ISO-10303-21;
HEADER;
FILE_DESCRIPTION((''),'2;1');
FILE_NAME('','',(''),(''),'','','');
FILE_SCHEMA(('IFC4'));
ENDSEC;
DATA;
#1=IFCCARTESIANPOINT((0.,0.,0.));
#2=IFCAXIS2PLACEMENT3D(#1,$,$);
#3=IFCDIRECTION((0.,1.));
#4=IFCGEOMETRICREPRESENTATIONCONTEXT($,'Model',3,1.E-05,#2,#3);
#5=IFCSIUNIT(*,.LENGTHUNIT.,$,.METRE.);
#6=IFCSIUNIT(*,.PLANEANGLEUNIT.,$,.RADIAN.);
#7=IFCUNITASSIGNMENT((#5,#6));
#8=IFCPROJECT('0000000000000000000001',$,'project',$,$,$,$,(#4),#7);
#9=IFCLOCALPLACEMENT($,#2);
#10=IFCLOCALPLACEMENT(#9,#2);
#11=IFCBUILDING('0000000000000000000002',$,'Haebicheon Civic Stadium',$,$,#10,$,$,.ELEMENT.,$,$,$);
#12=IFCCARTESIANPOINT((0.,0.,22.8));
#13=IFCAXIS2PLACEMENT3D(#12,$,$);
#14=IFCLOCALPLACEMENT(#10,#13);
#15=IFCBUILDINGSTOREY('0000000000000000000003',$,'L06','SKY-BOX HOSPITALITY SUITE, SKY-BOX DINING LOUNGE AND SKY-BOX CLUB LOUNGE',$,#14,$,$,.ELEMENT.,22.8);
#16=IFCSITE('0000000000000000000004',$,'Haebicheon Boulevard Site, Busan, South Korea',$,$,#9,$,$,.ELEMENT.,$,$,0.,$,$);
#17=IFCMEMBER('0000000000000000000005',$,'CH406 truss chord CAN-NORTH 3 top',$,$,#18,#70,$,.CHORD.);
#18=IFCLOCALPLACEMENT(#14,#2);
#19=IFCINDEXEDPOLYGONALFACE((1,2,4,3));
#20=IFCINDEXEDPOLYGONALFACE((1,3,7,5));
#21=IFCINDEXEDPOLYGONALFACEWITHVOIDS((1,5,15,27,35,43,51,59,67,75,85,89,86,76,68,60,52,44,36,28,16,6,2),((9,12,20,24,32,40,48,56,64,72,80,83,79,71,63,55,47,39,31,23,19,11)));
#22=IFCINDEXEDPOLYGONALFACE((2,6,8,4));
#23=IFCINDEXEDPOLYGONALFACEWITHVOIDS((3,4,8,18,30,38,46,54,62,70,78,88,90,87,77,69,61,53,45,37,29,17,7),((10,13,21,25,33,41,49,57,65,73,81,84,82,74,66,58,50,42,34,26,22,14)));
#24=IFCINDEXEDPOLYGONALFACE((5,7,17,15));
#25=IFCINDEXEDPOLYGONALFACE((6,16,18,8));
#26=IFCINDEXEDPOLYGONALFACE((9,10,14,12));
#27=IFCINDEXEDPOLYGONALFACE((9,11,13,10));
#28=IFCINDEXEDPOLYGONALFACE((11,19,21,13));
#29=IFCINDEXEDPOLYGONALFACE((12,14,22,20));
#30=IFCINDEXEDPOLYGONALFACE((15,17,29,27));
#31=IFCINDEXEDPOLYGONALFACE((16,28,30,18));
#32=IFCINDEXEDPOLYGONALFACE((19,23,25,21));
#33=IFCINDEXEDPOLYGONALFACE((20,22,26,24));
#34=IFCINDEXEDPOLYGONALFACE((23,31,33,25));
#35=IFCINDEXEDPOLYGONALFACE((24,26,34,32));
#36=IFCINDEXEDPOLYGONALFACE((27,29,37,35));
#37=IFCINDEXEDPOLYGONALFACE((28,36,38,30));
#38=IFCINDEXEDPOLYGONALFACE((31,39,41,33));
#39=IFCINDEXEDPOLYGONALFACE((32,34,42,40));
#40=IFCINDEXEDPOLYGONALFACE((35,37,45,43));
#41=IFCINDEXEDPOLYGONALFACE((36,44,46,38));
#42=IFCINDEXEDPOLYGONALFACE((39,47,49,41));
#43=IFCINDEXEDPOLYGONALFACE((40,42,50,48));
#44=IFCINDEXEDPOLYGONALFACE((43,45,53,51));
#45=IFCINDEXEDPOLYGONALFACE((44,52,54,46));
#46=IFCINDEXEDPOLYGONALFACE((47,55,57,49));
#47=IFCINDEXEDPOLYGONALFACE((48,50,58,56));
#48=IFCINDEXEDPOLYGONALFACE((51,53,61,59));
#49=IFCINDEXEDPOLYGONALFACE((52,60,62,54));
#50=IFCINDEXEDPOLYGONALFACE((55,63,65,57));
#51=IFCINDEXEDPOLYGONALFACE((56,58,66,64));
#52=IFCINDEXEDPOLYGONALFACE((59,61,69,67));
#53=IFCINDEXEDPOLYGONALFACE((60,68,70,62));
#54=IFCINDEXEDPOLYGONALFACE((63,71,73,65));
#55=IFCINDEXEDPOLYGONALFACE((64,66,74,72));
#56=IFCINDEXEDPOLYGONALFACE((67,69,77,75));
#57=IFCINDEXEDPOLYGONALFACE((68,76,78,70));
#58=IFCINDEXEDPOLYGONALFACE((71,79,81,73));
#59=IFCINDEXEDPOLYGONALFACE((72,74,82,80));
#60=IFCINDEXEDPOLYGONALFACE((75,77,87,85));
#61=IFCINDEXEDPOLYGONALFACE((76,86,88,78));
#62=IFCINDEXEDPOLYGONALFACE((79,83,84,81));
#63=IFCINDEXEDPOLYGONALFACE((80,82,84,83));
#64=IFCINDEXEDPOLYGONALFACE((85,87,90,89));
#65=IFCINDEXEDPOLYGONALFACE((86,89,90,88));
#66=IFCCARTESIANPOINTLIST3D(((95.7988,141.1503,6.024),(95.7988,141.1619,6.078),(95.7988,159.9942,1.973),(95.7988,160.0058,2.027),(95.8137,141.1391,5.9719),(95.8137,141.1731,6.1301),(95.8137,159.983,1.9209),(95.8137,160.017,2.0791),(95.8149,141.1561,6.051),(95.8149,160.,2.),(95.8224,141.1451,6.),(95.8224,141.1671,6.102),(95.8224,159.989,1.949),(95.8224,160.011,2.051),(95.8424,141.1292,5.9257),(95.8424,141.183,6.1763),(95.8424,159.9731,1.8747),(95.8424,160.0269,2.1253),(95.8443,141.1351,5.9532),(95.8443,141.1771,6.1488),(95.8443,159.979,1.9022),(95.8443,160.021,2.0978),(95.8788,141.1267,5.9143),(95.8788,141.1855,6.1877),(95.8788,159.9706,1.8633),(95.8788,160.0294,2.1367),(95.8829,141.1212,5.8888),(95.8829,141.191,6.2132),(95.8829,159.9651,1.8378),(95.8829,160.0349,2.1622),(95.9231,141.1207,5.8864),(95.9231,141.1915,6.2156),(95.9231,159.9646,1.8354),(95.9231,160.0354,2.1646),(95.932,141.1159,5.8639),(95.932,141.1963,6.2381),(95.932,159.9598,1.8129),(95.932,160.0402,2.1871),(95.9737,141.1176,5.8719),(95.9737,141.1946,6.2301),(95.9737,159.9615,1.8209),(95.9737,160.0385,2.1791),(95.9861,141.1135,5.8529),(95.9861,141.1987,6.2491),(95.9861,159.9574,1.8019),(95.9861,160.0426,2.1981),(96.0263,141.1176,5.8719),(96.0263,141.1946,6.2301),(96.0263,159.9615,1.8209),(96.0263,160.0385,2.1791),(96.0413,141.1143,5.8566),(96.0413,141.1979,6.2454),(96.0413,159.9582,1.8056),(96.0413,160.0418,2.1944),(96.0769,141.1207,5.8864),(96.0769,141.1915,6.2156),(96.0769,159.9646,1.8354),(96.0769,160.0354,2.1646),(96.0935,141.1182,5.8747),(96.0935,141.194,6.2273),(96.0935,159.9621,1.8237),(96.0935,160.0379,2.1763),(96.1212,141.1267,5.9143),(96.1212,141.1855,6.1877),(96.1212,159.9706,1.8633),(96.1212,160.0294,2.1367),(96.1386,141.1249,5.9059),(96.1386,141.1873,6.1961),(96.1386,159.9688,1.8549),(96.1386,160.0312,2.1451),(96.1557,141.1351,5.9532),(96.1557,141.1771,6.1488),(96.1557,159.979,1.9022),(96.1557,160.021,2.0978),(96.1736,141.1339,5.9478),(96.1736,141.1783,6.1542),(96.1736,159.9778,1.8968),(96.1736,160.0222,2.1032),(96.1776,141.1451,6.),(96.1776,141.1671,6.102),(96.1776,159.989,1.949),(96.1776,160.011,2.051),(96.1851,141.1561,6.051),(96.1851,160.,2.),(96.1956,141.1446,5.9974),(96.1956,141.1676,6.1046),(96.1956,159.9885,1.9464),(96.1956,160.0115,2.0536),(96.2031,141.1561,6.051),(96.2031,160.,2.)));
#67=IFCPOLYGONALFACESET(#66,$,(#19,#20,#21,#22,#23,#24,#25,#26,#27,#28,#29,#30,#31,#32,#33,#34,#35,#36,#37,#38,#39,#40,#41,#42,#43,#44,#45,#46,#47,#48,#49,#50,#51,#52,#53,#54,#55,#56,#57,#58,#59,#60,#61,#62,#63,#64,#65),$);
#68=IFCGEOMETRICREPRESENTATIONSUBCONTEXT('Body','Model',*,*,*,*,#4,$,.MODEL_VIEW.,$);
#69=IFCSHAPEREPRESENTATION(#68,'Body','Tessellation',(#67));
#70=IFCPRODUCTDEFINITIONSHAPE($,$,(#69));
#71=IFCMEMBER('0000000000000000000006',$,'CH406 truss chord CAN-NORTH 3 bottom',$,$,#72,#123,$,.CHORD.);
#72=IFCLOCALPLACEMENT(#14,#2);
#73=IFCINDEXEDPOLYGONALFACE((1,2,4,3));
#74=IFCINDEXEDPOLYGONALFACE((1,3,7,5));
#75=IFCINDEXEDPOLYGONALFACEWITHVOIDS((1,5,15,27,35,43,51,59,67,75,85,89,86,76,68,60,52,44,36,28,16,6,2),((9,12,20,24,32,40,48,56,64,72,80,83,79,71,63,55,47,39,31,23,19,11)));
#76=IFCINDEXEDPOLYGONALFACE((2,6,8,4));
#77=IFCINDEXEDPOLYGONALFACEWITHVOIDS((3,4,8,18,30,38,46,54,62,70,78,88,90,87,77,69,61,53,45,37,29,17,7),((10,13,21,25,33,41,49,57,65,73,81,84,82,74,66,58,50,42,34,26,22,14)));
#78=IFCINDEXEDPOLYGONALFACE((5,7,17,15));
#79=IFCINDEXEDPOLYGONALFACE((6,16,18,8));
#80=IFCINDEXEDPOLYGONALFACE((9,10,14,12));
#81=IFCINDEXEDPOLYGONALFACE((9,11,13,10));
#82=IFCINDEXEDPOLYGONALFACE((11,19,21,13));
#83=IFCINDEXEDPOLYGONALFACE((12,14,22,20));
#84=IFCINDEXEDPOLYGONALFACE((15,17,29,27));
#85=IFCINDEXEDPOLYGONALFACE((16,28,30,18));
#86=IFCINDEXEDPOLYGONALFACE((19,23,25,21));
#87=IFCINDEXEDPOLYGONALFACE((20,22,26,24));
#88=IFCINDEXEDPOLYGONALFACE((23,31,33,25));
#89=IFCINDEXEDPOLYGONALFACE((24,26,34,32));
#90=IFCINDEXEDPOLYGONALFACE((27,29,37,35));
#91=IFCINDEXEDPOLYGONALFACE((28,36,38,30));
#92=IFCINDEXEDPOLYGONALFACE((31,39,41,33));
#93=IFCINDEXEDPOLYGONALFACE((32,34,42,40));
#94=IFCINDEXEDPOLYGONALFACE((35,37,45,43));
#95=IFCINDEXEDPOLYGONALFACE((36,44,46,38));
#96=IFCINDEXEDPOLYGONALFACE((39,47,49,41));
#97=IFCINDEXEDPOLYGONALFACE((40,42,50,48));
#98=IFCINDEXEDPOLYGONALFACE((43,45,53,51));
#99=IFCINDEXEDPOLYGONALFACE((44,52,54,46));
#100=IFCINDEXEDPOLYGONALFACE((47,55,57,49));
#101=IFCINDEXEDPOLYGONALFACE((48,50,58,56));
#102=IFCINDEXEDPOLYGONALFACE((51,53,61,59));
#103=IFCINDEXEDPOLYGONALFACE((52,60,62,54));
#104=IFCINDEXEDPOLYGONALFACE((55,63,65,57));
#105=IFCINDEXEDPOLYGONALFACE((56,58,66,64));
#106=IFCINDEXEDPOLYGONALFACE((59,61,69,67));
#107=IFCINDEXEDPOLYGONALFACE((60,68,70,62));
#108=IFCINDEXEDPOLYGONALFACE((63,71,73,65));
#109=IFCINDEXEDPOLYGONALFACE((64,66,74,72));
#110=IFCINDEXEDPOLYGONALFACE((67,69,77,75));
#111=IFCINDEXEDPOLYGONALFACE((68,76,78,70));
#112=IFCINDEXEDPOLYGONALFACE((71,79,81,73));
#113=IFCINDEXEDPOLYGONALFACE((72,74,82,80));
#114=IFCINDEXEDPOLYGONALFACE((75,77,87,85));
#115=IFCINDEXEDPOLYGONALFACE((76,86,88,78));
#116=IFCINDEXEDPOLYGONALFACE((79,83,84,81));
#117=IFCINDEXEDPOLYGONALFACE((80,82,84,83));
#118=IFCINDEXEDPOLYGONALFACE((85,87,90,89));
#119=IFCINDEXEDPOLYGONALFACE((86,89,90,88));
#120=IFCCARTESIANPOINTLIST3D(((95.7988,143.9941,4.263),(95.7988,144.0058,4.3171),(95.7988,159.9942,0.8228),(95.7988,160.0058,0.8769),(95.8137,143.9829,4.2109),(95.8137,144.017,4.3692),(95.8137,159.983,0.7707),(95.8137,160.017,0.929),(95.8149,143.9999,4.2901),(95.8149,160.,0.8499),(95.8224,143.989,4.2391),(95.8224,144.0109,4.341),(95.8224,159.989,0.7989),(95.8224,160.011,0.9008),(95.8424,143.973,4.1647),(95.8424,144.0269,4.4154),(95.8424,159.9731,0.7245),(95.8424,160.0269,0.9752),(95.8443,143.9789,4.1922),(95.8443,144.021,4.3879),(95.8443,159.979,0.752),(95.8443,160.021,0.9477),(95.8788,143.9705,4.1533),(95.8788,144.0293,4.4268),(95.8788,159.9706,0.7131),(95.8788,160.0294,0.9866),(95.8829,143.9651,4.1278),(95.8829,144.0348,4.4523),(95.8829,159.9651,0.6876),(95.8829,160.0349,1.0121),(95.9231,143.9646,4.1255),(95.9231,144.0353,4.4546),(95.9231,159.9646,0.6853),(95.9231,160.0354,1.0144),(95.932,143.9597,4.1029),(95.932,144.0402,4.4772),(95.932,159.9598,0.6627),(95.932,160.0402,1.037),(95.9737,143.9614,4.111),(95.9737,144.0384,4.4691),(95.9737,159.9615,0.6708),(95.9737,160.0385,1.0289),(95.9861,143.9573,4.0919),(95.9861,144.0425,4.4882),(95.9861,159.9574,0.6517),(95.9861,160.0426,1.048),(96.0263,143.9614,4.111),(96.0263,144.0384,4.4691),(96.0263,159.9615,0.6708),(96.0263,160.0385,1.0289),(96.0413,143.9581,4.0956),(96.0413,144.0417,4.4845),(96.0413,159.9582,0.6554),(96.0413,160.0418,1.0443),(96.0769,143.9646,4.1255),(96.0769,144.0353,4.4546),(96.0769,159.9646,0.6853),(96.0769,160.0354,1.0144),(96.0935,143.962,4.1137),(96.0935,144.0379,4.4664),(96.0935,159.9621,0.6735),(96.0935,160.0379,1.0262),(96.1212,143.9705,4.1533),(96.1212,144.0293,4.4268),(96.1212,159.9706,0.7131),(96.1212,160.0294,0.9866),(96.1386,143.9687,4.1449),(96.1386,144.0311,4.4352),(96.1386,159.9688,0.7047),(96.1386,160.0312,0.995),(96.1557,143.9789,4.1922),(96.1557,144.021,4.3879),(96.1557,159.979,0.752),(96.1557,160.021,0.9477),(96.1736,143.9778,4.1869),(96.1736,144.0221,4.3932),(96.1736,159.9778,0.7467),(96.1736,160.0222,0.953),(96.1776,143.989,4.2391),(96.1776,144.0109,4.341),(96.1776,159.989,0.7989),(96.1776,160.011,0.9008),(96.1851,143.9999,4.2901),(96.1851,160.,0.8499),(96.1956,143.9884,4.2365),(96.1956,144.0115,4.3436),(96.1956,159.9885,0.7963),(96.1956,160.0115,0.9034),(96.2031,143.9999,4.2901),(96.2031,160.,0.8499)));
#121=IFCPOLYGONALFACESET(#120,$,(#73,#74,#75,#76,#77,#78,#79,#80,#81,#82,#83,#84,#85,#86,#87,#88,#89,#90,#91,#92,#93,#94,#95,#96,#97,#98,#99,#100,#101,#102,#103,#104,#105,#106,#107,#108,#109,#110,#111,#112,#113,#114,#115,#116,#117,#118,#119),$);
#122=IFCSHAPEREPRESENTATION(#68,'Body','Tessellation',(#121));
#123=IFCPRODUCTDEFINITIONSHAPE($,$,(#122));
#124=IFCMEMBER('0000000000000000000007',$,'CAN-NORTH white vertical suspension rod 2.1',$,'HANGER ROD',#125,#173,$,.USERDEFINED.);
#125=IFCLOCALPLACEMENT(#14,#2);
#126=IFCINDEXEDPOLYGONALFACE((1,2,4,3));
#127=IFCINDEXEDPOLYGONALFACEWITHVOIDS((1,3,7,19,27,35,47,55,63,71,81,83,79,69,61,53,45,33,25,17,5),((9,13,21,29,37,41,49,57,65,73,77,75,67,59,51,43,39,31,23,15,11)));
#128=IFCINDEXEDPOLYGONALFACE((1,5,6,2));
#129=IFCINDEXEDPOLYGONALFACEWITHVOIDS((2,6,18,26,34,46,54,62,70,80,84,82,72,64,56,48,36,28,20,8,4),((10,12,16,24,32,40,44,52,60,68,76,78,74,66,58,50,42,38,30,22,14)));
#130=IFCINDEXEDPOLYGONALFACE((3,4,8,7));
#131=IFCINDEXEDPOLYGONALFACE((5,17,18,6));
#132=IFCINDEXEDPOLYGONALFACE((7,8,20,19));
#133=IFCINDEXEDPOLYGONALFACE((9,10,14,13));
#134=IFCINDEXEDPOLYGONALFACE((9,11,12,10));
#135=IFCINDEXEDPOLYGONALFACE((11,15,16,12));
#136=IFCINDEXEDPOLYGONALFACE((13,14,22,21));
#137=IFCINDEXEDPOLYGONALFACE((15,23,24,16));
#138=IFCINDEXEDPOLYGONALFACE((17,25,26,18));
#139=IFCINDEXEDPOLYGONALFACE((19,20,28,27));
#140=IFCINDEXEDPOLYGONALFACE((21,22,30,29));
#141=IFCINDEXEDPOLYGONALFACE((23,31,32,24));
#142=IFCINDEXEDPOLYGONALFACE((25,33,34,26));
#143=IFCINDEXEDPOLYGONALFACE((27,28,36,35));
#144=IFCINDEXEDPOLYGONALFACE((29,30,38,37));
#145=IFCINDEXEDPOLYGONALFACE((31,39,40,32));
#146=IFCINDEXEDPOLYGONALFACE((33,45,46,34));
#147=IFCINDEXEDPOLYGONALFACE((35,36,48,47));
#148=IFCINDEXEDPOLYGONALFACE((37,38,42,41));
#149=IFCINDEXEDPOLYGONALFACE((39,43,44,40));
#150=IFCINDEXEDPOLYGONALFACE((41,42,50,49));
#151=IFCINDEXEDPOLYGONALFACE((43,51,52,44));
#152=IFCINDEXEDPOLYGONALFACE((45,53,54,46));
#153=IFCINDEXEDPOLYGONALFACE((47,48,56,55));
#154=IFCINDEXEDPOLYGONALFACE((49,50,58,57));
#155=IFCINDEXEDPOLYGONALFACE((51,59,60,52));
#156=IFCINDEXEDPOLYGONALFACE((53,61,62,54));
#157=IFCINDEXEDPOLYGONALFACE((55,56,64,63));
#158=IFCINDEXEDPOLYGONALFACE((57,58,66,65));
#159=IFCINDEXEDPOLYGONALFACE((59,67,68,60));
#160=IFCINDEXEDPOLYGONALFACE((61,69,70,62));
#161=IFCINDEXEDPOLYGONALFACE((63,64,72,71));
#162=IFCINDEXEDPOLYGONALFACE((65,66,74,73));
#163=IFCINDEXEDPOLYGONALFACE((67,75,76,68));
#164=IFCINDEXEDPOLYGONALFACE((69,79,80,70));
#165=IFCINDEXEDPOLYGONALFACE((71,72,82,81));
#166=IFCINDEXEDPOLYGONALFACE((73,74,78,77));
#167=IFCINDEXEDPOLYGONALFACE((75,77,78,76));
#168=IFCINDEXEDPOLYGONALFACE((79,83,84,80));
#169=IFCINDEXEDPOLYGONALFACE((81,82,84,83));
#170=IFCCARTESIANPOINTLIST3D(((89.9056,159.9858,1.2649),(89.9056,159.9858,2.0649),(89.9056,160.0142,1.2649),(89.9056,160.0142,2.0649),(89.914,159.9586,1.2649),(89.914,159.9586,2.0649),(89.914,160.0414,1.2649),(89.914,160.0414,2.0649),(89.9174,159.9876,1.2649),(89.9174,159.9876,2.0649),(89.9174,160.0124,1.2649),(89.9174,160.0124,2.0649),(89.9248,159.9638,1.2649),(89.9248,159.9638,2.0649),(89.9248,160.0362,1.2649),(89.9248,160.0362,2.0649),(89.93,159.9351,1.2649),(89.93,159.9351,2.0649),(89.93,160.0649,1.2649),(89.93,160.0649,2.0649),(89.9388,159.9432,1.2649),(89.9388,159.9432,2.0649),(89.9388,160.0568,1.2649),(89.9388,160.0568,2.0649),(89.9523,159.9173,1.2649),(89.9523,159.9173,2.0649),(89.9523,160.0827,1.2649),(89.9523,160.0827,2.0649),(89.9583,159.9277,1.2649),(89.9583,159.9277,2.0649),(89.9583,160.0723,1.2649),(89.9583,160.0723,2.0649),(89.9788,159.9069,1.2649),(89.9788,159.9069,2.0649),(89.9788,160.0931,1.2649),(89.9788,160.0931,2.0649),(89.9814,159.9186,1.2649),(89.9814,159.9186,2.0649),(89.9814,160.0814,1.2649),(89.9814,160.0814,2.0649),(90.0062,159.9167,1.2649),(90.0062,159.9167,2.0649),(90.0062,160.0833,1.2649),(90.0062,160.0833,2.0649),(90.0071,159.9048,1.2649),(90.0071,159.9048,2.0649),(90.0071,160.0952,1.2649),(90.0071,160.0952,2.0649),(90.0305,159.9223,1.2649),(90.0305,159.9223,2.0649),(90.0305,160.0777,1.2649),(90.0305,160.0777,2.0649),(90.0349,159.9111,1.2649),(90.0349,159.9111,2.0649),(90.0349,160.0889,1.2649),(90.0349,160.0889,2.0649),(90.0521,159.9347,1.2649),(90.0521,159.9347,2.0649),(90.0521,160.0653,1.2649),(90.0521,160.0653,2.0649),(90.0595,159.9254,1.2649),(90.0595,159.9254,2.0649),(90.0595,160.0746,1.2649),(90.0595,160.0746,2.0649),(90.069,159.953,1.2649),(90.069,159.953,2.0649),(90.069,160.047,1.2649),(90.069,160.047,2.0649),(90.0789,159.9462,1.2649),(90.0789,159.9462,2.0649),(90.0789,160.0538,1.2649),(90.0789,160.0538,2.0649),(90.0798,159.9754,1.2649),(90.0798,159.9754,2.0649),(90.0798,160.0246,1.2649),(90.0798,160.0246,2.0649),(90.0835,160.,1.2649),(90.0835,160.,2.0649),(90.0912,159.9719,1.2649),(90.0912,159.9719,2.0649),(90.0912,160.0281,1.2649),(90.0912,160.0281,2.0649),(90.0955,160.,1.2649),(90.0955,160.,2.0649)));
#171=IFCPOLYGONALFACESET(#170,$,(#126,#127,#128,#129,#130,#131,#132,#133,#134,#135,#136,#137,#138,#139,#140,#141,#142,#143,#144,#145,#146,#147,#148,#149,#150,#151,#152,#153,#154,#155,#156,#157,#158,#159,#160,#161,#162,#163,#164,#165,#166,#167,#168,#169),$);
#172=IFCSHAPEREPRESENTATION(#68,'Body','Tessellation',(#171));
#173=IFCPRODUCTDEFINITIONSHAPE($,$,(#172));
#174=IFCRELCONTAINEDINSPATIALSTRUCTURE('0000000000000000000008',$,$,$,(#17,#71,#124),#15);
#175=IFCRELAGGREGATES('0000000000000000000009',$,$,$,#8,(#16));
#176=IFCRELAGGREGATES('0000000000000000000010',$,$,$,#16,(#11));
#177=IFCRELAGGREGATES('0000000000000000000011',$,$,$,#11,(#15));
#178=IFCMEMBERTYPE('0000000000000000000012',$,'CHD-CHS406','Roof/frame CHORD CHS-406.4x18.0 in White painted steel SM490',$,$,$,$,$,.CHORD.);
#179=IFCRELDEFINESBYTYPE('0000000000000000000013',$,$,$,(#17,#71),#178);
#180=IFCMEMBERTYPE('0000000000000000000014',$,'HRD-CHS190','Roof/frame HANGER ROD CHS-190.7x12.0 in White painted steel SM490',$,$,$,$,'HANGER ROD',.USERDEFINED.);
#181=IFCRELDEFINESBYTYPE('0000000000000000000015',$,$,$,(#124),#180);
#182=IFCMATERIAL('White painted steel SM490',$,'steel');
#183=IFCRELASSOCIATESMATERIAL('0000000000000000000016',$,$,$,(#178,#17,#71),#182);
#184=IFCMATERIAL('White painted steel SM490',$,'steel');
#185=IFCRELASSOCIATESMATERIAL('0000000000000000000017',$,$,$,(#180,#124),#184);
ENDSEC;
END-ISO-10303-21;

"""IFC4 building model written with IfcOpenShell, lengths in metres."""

from ifc_helpers import new_model, si_unit, direction, frame, origin, origin_2d, place, context, subcontext, project, spatial, hollow_circle, extrude, material, material_profile, profile_set, type_object, element, save


model = new_model("IFC4")

# Units and contexts
model_context = context("Model", 3, precision=1e-05, world=origin(), true_north=direction((0.0, 1.0)))
body_context = subcontext(model_context, "Body", "Model", "MODEL_VIEW")
ifc_project = project(units=[si_unit("LENGTHUNIT", "METRE"), si_unit("PLANEANGLEUNIT", "RADIAN")], contexts=[model_context])

# Site, building, storey
site_placement = place(None, origin())
site = spatial("IfcSite", under=ifc_project, at=site_placement, Name="Haebicheon Boulevard Site, Busan, South Korea", CompositionType="ELEMENT", RefElevation=0.0)
building_placement = place(site_placement, origin())
building = spatial("IfcBuilding", under=site, at=building_placement, Name="Haebicheon Civic Stadium", CompositionType="ELEMENT")
storey_placement = place(building_placement, frame((0.0, 0.0, 22.8)))
storey = spatial("IfcBuildingStorey", under=building, at=storey_placement, Name="L06", Description="SKY-BOX HOSPITALITY SUITE, SKY-BOX DINING LOUNGE AND SKY-BOX CLUB LOUNGE", CompositionType="ELEMENT", Elevation=22.8)

# Members
ifc_material_1 = material(Name="White painted steel SM490", Category="steel")
ifc_material_profile_1 = material_profile(ifc_material_1, hollow_circle(Radius=0.2031, WallThickness=0.0181, at=origin_2d()), Name="CHS-406.4x18.0")
ifc_profile_set_1 = profile_set([ifc_material_profile_1], Name="White painted steel SM490")
member_type_1 = type_object("IfcMemberType", Name="CHD-CHS406", Description="Roof/frame CHORD CHS-406.4x18.0 in White painted steel SM490", PredefinedType="CHORD", material=ifc_profile_set_1)
member_1_placement = place(storey_placement, frame((96.0, 160.0, 2.0), z_axis=(0.0, -0.977664, 0.210175), x_axis=(1.0, 0.0, 0.0)))
element("IfcMember", 1, at=member_1_placement, inside=storey, type_object=member_type_1, material=ifc_profile_set_1, Name="CH406 truss chord CAN-NORTH 3 top", PredefinedType="CHORD", context=body_context, shape_type="SweptSolid", body=[
    extrude(hollow_circle(Radius=0.2031, WallThickness=0.0181, at=origin_2d()), origin(), (0.0, 0.0, 1.0), 19.2744),
])
member_2_placement = place(storey_placement, frame((96.0, 160.0, 0.8499), z_axis=(0.0, -0.977657, 0.210208), x_axis=(1.0, 0.0, 0.0)))
element("IfcMember", 2, at=member_2_placement, inside=storey, type_object=member_type_1, material=ifc_profile_set_1, Name="CH406 truss chord CAN-NORTH 3 bottom", PredefinedType="CHORD", context=body_context, shape_type="SweptSolid", body=[
    extrude(hollow_circle(Radius=0.2031, WallThickness=0.0181, at=origin_2d()), origin(), (0.0, 0.0, 1.0), 16.3657),
])
ifc_material_2 = material(Name="White painted steel SM490", Category="steel")
ifc_material_profile_2 = material_profile(ifc_material_2, hollow_circle(Radius=0.0955, WallThickness=0.012, at=origin_2d()), Name="CHS-190.7x12.0")
ifc_profile_set_2 = profile_set([ifc_material_profile_2], Name="White painted steel SM490")
member_type_2 = type_object("IfcMemberType", Name="HRD-CHS190", Description="Roof/frame HANGER ROD CHS-190.7x12.0 in White painted steel SM490", ElementType="HANGER ROD", PredefinedType="USERDEFINED", material=ifc_profile_set_2)
for number, where, z_axis, x_axis, name in (
    (3, (90.0, 160.0, 1.2649), (0.0, 0.0, 1.0), (1.0, 0.0, 0.0), "CAN-NORTH white vertical suspension rod 2.1"),
):
    element("IfcMember", number, at=place(storey_placement, frame(where, z_axis=z_axis, x_axis=x_axis)), inside=storey, type_object=member_type_2, material=ifc_profile_set_2, Name=name, ObjectType="HANGER ROD", PredefinedType="USERDEFINED", context=body_context, shape_type="SweptSolid", body=[
        extrude(hollow_circle(Radius=0.0955, WallThickness=0.012, at=origin_2d()), origin(), (0.0, 0.0, 1.0), 0.8),
    ])

save(model, "model.ifc")
